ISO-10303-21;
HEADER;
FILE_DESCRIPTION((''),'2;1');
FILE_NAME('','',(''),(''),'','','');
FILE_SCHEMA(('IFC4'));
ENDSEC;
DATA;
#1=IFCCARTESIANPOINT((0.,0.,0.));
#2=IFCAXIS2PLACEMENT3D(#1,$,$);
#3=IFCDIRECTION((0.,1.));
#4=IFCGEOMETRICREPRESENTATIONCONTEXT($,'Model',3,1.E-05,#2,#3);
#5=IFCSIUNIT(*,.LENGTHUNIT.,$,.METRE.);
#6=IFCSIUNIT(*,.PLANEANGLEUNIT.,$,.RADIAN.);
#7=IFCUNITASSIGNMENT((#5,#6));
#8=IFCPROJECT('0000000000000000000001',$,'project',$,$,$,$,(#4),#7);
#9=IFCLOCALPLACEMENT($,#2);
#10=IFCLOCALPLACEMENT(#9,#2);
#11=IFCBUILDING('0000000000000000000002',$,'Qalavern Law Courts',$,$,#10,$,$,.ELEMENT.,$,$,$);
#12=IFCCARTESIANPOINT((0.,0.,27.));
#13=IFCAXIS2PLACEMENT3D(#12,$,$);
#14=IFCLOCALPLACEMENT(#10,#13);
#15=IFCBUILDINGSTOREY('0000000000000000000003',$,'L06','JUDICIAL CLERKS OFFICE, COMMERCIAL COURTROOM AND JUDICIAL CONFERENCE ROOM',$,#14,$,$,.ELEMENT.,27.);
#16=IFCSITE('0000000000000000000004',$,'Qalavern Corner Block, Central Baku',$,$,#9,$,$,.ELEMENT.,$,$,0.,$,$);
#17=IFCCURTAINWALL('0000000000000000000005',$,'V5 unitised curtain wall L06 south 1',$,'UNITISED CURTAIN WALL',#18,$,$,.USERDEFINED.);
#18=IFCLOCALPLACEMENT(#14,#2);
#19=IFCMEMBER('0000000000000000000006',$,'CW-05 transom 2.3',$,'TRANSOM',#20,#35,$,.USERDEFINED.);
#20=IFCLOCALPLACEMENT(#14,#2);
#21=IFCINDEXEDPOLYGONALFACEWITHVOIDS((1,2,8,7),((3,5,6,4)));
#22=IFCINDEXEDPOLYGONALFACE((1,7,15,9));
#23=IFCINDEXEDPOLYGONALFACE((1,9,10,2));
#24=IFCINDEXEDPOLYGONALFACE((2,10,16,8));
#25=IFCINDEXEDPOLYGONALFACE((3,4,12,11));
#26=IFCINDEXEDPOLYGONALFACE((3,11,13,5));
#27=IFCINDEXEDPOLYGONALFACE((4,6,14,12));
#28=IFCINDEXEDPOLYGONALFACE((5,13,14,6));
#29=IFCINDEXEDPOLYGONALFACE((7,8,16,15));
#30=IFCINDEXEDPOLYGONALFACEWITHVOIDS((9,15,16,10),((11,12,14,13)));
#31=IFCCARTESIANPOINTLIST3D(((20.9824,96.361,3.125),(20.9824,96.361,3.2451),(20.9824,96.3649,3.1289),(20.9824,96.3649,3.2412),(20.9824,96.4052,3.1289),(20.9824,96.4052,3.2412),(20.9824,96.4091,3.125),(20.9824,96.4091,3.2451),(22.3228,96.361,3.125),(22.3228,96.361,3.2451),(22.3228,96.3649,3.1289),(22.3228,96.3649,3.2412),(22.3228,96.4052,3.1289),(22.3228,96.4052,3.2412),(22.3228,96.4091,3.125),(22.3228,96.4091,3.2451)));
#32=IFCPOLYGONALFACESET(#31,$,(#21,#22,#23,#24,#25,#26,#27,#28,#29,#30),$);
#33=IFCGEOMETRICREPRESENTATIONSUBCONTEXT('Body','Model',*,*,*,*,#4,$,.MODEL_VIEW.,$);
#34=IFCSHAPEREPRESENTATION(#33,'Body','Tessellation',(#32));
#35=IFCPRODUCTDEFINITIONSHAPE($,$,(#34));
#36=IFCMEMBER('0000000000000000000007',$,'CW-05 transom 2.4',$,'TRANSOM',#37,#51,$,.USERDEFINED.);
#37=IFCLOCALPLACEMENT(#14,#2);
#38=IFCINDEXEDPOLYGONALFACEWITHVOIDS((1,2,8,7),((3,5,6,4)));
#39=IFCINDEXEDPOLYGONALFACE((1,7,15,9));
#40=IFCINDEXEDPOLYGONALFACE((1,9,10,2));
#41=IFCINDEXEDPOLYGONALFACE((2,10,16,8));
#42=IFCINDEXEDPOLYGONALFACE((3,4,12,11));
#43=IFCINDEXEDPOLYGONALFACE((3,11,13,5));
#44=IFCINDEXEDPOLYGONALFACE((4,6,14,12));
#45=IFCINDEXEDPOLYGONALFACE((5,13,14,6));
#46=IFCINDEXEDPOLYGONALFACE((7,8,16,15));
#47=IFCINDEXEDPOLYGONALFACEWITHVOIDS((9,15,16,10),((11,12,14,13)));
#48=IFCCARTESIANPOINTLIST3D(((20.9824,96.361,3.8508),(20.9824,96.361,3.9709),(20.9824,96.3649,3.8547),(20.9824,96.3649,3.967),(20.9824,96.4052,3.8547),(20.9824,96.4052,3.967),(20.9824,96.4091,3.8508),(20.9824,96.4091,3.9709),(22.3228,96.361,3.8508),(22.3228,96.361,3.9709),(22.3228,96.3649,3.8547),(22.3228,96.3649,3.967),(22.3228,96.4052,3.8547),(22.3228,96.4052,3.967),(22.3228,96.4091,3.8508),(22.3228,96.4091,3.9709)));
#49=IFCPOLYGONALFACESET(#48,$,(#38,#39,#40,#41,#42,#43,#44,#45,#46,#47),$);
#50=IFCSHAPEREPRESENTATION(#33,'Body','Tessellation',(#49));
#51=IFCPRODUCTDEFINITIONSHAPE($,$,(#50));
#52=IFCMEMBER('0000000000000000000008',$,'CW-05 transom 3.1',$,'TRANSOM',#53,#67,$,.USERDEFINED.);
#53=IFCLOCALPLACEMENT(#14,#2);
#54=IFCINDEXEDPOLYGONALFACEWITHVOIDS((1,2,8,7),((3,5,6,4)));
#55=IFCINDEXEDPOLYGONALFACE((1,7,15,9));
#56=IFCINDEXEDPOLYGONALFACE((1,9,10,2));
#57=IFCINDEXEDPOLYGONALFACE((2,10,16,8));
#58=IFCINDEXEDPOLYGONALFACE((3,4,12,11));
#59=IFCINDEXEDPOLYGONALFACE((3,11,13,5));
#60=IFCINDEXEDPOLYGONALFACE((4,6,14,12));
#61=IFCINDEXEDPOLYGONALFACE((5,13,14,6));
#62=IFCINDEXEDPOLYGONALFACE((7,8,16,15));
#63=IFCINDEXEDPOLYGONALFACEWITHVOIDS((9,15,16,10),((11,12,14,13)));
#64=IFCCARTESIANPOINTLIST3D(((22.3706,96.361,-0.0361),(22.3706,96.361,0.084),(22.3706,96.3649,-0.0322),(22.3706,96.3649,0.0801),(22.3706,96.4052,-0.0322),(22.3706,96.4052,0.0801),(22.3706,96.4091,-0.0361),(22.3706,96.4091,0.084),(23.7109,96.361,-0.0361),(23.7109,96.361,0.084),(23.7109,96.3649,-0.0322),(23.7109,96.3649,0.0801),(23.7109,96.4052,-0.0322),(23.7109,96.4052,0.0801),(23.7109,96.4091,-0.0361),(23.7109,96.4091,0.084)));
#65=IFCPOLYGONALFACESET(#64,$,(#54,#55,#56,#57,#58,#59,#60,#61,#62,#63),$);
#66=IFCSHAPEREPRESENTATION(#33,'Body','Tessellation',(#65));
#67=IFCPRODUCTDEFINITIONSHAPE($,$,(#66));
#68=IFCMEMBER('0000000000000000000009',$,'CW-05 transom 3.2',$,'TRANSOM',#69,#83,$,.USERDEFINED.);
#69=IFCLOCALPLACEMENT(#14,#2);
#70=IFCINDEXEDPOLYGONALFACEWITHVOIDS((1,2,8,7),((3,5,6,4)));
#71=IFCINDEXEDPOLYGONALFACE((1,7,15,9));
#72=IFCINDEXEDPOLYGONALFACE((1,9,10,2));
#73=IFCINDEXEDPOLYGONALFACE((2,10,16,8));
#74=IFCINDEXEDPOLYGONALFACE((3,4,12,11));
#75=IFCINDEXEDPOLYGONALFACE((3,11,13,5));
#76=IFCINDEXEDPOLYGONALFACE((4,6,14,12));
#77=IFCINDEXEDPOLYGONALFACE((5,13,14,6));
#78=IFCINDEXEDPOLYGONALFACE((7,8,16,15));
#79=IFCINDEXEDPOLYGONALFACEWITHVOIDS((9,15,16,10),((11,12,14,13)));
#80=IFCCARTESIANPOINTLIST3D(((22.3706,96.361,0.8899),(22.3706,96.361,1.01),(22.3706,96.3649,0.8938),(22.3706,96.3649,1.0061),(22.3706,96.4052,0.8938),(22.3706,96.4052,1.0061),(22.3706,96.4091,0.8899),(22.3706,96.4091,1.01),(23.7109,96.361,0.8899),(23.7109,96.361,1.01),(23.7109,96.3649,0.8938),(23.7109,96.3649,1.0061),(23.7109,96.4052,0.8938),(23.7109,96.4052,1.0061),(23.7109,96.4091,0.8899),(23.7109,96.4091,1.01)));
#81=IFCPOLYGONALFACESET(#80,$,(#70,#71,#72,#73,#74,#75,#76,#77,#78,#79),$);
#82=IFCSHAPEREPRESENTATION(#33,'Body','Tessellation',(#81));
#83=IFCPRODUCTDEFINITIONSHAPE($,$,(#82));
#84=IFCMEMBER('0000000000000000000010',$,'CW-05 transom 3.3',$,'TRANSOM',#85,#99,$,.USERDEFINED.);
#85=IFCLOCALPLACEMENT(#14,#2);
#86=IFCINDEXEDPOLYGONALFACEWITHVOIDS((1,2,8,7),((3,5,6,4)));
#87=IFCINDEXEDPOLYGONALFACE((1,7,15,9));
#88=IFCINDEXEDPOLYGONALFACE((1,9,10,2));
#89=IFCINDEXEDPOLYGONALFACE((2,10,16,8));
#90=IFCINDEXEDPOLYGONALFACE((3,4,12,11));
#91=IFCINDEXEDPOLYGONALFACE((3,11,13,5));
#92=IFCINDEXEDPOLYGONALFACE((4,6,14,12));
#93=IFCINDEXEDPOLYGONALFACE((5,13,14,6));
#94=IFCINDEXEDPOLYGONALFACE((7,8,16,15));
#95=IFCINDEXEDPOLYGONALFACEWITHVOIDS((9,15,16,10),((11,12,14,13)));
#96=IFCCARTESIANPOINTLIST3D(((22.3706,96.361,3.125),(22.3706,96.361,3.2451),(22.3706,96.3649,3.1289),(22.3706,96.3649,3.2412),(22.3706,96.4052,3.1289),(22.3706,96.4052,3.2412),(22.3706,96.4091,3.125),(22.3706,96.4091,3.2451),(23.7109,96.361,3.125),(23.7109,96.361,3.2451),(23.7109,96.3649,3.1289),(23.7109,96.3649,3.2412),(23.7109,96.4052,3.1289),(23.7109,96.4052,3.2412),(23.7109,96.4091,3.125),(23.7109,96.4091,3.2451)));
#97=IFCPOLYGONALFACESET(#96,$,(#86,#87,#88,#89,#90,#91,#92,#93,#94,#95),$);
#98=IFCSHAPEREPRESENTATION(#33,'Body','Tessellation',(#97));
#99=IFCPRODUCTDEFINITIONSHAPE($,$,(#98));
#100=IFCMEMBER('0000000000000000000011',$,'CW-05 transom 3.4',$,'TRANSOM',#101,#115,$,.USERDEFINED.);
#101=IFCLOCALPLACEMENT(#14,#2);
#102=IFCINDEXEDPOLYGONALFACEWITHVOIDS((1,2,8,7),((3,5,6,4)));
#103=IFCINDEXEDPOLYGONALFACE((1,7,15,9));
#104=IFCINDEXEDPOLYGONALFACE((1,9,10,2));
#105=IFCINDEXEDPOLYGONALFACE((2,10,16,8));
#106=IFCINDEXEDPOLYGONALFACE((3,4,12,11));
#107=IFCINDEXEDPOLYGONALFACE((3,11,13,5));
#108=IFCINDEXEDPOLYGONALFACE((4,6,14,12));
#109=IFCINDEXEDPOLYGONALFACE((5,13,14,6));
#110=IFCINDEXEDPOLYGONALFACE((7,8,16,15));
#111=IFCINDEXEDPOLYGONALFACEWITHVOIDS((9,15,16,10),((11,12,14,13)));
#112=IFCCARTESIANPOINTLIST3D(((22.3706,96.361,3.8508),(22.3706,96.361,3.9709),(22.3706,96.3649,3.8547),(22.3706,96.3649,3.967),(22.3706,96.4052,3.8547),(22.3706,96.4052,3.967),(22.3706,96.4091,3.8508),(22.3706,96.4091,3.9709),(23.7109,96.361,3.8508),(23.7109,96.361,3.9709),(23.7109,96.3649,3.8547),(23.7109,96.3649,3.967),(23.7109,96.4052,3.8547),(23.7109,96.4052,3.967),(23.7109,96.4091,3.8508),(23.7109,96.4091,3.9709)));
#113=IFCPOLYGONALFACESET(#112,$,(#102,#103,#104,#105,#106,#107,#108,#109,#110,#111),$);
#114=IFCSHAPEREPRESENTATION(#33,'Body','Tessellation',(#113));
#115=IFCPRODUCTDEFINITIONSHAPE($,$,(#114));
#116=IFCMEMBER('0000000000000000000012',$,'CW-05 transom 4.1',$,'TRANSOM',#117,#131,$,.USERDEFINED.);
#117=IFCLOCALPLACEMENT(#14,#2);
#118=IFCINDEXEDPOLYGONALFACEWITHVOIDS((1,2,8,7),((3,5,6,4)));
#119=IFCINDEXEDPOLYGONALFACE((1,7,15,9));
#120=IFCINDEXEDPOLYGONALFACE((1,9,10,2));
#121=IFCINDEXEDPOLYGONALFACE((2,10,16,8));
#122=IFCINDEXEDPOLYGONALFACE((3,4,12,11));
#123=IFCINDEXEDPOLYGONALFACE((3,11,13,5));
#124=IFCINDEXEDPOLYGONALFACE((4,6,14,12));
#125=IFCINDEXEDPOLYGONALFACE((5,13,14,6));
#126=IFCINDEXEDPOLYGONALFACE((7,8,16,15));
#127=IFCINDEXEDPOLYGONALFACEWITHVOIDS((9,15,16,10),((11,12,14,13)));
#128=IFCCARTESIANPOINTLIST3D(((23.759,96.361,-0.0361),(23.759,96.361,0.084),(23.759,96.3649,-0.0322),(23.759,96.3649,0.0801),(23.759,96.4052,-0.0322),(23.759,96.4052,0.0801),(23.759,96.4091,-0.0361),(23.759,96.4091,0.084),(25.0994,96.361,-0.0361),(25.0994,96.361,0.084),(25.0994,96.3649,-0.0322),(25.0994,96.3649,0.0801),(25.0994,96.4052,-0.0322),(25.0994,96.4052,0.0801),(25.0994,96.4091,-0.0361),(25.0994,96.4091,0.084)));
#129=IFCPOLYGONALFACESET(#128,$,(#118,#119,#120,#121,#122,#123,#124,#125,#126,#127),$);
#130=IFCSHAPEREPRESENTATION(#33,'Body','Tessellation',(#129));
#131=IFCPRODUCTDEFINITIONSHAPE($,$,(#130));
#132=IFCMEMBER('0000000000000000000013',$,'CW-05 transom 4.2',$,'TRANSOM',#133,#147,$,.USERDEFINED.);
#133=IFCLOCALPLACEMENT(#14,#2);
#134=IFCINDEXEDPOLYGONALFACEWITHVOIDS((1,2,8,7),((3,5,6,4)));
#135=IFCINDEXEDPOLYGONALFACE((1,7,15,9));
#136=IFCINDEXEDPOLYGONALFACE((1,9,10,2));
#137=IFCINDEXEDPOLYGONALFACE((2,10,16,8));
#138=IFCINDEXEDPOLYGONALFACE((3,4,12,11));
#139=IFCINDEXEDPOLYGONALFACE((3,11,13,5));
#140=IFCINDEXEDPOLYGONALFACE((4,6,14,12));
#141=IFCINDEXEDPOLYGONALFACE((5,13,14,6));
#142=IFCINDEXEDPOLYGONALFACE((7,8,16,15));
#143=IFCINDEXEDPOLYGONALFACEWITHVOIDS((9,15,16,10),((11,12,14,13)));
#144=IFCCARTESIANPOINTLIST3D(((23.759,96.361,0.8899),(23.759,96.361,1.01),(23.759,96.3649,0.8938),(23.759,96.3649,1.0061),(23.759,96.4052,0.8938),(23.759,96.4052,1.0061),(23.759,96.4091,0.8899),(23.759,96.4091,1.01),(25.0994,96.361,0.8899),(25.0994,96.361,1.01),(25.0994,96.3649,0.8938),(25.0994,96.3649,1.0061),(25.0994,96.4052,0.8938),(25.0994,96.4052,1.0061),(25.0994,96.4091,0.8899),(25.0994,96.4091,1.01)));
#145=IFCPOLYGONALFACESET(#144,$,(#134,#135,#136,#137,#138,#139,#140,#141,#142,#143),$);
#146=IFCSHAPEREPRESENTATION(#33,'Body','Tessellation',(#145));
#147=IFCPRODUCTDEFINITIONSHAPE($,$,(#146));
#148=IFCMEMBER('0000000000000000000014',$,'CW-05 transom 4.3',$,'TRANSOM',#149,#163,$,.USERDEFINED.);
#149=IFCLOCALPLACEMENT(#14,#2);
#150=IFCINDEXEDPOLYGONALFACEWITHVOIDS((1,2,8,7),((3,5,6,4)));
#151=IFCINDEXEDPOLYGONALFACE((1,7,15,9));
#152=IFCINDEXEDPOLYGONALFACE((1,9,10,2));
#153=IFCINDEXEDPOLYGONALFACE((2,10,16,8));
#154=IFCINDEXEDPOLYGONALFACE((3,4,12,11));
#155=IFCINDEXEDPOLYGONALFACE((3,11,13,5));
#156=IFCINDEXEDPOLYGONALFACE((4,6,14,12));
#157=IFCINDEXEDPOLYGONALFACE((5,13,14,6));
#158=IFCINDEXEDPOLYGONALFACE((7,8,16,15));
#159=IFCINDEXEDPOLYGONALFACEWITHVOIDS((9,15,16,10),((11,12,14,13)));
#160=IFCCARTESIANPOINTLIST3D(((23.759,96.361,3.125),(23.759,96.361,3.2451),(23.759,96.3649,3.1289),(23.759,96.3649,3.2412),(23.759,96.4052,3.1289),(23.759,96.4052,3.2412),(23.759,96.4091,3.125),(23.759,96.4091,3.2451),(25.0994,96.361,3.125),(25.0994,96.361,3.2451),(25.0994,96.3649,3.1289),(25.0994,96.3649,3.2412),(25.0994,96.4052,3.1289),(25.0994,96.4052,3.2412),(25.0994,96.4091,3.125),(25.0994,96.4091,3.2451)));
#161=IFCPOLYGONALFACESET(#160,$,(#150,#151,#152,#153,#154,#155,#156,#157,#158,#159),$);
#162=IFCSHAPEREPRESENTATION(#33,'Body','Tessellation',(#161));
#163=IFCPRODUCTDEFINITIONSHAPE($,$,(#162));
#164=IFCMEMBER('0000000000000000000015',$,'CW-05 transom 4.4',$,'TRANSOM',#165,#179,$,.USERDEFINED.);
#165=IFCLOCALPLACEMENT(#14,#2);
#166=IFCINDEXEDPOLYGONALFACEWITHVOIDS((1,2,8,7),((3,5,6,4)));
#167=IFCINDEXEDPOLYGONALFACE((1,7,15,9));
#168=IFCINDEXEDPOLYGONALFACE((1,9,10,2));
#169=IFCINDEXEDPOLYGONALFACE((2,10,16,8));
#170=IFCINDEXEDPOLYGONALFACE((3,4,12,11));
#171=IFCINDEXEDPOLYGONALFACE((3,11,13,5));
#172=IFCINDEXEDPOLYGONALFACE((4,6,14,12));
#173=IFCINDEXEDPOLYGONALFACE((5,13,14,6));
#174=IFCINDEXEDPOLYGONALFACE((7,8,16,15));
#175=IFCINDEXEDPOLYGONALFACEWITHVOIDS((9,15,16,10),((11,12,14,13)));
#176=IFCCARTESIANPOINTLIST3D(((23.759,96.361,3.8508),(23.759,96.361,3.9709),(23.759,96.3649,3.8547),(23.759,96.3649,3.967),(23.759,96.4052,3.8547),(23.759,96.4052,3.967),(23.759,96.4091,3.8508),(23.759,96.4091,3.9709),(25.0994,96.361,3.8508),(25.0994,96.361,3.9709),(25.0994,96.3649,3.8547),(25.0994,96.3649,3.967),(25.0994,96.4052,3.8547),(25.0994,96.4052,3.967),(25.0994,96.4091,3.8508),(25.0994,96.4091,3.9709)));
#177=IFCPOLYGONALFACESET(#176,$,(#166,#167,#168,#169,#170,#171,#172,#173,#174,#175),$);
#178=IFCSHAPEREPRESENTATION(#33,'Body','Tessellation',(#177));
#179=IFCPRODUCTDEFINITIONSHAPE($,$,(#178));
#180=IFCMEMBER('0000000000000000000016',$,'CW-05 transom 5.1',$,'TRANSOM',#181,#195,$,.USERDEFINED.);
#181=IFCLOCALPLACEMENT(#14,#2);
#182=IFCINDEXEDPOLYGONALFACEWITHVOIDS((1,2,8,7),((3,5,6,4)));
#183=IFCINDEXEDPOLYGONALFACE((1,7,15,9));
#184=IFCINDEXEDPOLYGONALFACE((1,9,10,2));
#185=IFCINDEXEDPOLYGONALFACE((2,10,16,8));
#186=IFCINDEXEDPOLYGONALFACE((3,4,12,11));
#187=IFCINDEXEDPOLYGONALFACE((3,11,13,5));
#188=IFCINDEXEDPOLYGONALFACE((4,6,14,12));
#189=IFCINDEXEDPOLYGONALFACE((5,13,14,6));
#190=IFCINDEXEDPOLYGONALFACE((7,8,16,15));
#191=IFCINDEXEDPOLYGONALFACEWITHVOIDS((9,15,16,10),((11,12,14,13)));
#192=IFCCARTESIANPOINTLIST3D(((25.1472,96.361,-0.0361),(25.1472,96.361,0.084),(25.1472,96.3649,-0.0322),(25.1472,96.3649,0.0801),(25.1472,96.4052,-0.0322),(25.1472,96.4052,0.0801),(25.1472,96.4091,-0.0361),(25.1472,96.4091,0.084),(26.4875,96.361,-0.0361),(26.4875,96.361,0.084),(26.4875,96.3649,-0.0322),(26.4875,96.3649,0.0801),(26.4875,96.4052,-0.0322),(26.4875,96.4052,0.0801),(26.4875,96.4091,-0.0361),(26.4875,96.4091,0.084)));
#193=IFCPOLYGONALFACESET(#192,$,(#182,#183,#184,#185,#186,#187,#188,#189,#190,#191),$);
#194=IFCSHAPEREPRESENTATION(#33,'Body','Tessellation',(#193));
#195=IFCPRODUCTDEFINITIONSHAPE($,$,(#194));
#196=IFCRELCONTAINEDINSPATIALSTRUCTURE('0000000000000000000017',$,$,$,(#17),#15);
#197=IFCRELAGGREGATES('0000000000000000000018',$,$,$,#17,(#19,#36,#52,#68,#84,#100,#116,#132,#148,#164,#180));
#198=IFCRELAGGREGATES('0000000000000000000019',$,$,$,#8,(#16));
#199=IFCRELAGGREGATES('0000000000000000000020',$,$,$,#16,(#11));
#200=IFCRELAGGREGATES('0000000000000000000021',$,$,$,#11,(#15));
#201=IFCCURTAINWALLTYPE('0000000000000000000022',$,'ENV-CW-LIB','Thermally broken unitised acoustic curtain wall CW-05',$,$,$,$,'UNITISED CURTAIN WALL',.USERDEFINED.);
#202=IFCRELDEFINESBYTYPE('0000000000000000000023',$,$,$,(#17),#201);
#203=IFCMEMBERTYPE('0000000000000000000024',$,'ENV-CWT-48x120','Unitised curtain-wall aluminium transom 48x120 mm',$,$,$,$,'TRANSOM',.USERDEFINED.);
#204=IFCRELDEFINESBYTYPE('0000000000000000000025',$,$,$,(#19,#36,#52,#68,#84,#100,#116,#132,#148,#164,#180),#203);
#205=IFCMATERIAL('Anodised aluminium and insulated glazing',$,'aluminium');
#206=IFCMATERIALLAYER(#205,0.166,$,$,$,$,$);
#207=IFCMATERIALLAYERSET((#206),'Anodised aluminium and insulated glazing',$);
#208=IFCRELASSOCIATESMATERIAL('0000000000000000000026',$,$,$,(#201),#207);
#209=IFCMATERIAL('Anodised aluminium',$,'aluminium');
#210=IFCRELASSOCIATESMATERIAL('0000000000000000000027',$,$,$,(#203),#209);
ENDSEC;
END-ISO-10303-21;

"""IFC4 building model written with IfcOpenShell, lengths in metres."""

from ifc_helpers import new_model, si_unit, direction, frame, origin, origin_2d, place, context, subcontext, project, spatial, hollow_rectangle, extrude, material, layer, layer_set, material_profile, profile_set, type_object, element, aggregate, save


model = new_model("IFC4")

# Units and contexts
model_context = context("Model", 3, precision=1e-05, world=origin(), true_north=direction((0.0, 1.0)))
body_context = subcontext(model_context, "Body", "Model", "MODEL_VIEW")
ifc_project = project(units=[si_unit("LENGTHUNIT", "METRE"), si_unit("PLANEANGLEUNIT", "RADIAN")], contexts=[model_context])

# Site, building, storey
site_placement = place(None, origin())
site = spatial("IfcSite", under=ifc_project, at=site_placement, Name="Qalavern Corner Block, Central Baku", CompositionType="ELEMENT", RefElevation=0.0)
building_placement = place(site_placement, origin())
building = spatial("IfcBuilding", under=site, at=building_placement, Name="Qalavern Law Courts", CompositionType="ELEMENT")
storey_placement = place(building_placement, frame((0.0, 0.0, 27.0)))
storey = spatial("IfcBuildingStorey", under=building, at=storey_placement, Name="L06", Description="JUDICIAL CLERKS OFFICE, COMMERCIAL COURTROOM AND JUDICIAL CONFERENCE ROOM", CompositionType="ELEMENT", Elevation=27.0)

# Curtain wall, members
ifc_material_1 = material(Name="Anodised aluminium and insulated glazing", Category="aluminium")
ifc_layer_1 = layer(ifc_material_1, 0.166)
ifc_layer_set_1 = layer_set([ifc_layer_1], Name="Anodised aluminium and insulated glazing")
curtain_wall_type = type_object("IfcCurtainWallType", Name="ENV-CW-LIB", Description="Thermally broken unitised acoustic curtain wall CW-05", ElementType="UNITISED CURTAIN WALL", PredefinedType="USERDEFINED", material=ifc_layer_set_1)
curtain_wall_placement = place(storey_placement, origin())
curtain_wall = element("IfcCurtainWall", 1, at=curtain_wall_placement, inside=storey, type_object=curtain_wall_type, Name="V5 unitised curtain wall L06 south 1", ObjectType="UNITISED CURTAIN WALL", PredefinedType="USERDEFINED")
ifc_material_2 = material(Name="Anodised aluminium", Category="aluminium")
ifc_material_profile_1 = material_profile(ifc_material_2, hollow_rectangle(XDim=0.0481, YDim=0.1201, WallThickness=0.0039, at=origin_2d()), Name="ALU TRANSOM 48x120")
ifc_profile_set_1 = profile_set([ifc_material_profile_1], Name="Anodised aluminium")
member_type_1 = type_object("IfcMemberType", Name="ENV-CWT-48x120", Description="Unitised curtain-wall aluminium transom 48x120 mm", ElementType="TRANSOM", PredefinedType="USERDEFINED", material=ifc_profile_set_1)
member_1_placement = place(storey_placement, frame((20.9824, 96.385, 3.1851), z_axis=(1.0, 0.0, 0.0), x_axis=(0.0, 1.0, 0.0)))
member_1 = element("IfcMember", 2, at=member_1_placement, type_object=member_type_1, Name="CW-05 transom 2.3", ObjectType="TRANSOM", PredefinedType="USERDEFINED", context=body_context, shape_type="SweptSolid", body=[
    extrude(hollow_rectangle(XDim=0.0481, YDim=0.1201, WallThickness=0.0039, at=origin_2d()), origin(), (0.0, 0.0, 1.0), 1.3403),
])
member_2_placement = place(storey_placement, frame((20.9824, 96.385, 3.9109), z_axis=(1.0, 0.0, 0.0), x_axis=(0.0, 1.0, 0.0)))
member_2 = element("IfcMember", 3, at=member_2_placement, type_object=member_type_1, Name="CW-05 transom 2.4", ObjectType="TRANSOM", PredefinedType="USERDEFINED", context=body_context, shape_type="SweptSolid", body=[
    extrude(hollow_rectangle(XDim=0.0481, YDim=0.1201, WallThickness=0.0039, at=origin_2d()), origin(), (0.0, 0.0, 1.0), 1.3403),
])
member_3_placement = place(storey_placement, frame((22.3706, 96.385, 0.0239), z_axis=(1.0, 0.0, 0.0), x_axis=(0.0, 1.0, 0.0)))
member_3 = element("IfcMember", 4, at=member_3_placement, type_object=member_type_1, Name="CW-05 transom 3.1", ObjectType="TRANSOM", PredefinedType="USERDEFINED", context=body_context, shape_type="SweptSolid", body=[
    extrude(hollow_rectangle(XDim=0.0481, YDim=0.1201, WallThickness=0.0039, at=origin_2d()), origin(), (0.0, 0.0, 1.0), 1.3403),
])
member_4_placement = place(storey_placement, frame((22.3706, 96.385, 0.95), z_axis=(1.0, 0.0, 0.0), x_axis=(0.0, 1.0, 0.0)))
member_4 = element("IfcMember", 5, at=member_4_placement, type_object=member_type_1, Name="CW-05 transom 3.2", ObjectType="TRANSOM", PredefinedType="USERDEFINED", context=body_context, shape_type="SweptSolid", body=[
    extrude(hollow_rectangle(XDim=0.0481, YDim=0.1201, WallThickness=0.0039, at=origin_2d()), origin(), (0.0, 0.0, 1.0), 1.3403),
])
member_5_placement = place(storey_placement, frame((22.3706, 96.385, 3.1851), z_axis=(1.0, 0.0, 0.0), x_axis=(0.0, 1.0, 0.0)))
member_5 = element("IfcMember", 6, at=member_5_placement, type_object=member_type_1, Name="CW-05 transom 3.3", ObjectType="TRANSOM", PredefinedType="USERDEFINED", context=body_context, shape_type="SweptSolid", body=[
    extrude(hollow_rectangle(XDim=0.0481, YDim=0.1201, WallThickness=0.0039, at=origin_2d()), origin(), (0.0, 0.0, 1.0), 1.3403),
])
member_6_placement = place(storey_placement, frame((22.3706, 96.385, 3.9109), z_axis=(1.0, 0.0, 0.0), x_axis=(0.0, 1.0, 0.0)))
member_6 = element("IfcMember", 7, at=member_6_placement, type_object=member_type_1, Name="CW-05 transom 3.4", ObjectType="TRANSOM", PredefinedType="USERDEFINED", context=body_context, shape_type="SweptSolid", body=[
    extrude(hollow_rectangle(XDim=0.0481, YDim=0.1201, WallThickness=0.0039, at=origin_2d()), origin(), (0.0, 0.0, 1.0), 1.3403),
])
member_7_placement = place(storey_placement, frame((23.759, 96.385, 0.0239), z_axis=(1.0, 0.0, 0.0), x_axis=(0.0, 1.0, 0.0)))
member_7 = element("IfcMember", 8, at=member_7_placement, type_object=member_type_1, Name="CW-05 transom 4.1", ObjectType="TRANSOM", PredefinedType="USERDEFINED", context=body_context, shape_type="SweptSolid", body=[
    extrude(hollow_rectangle(XDim=0.0481, YDim=0.1201, WallThickness=0.0039, at=origin_2d()), origin(), (0.0, 0.0, 1.0), 1.3403),
])
member_8_placement = place(storey_placement, frame((23.759, 96.385, 0.95), z_axis=(1.0, 0.0, 0.0), x_axis=(0.0, 1.0, 0.0)))
member_8 = element("IfcMember", 9, at=member_8_placement, type_object=member_type_1, Name="CW-05 transom 4.2", ObjectType="TRANSOM", PredefinedType="USERDEFINED", context=body_context, shape_type="SweptSolid", body=[
    extrude(hollow_rectangle(XDim=0.0481, YDim=0.1201, WallThickness=0.0039, at=origin_2d()), origin(), (0.0, 0.0, 1.0), 1.3403),
])
member_9_placement = place(storey_placement, frame((23.759, 96.385, 3.1851), z_axis=(1.0, 0.0, 0.0), x_axis=(0.0, 1.0, 0.0)))
member_9 = element("IfcMember", 10, at=member_9_placement, type_object=member_type_1, Name="CW-05 transom 4.3", ObjectType="TRANSOM", PredefinedType="USERDEFINED", context=body_context, shape_type="SweptSolid", body=[
    extrude(hollow_rectangle(XDim=0.0481, YDim=0.1201, WallThickness=0.0039, at=origin_2d()), origin(), (0.0, 0.0, 1.0), 1.3403),
])
member_10_placement = place(storey_placement, frame((23.759, 96.385, 3.9109), z_axis=(1.0, 0.0, 0.0), x_axis=(0.0, 1.0, 0.0)))
member_10 = element("IfcMember", 11, at=member_10_placement, type_object=member_type_1, Name="CW-05 transom 4.4", ObjectType="TRANSOM", PredefinedType="USERDEFINED", context=body_context, shape_type="SweptSolid", body=[
    extrude(hollow_rectangle(XDim=0.0481, YDim=0.1201, WallThickness=0.0039, at=origin_2d()), origin(), (0.0, 0.0, 1.0), 1.3403),
])
member_11_placement = place(storey_placement, frame((25.1472, 96.385, 0.0239), z_axis=(1.0, 0.0, 0.0), x_axis=(0.0, 1.0, 0.0)))
member_11 = element("IfcMember", 12, at=member_11_placement, type_object=member_type_1, Name="CW-05 transom 5.1", ObjectType="TRANSOM", PredefinedType="USERDEFINED", context=body_context, shape_type="SweptSolid", body=[
    extrude(hollow_rectangle(XDim=0.0481, YDim=0.1201, WallThickness=0.0039, at=origin_2d()), origin(), (0.0, 0.0, 1.0), 1.3403),
])
aggregate(curtain_wall, [member_1, member_2, member_3, member_4, member_5, member_6, member_7, member_8, member_9, member_10, member_11])

save(model, "model.ifc")
